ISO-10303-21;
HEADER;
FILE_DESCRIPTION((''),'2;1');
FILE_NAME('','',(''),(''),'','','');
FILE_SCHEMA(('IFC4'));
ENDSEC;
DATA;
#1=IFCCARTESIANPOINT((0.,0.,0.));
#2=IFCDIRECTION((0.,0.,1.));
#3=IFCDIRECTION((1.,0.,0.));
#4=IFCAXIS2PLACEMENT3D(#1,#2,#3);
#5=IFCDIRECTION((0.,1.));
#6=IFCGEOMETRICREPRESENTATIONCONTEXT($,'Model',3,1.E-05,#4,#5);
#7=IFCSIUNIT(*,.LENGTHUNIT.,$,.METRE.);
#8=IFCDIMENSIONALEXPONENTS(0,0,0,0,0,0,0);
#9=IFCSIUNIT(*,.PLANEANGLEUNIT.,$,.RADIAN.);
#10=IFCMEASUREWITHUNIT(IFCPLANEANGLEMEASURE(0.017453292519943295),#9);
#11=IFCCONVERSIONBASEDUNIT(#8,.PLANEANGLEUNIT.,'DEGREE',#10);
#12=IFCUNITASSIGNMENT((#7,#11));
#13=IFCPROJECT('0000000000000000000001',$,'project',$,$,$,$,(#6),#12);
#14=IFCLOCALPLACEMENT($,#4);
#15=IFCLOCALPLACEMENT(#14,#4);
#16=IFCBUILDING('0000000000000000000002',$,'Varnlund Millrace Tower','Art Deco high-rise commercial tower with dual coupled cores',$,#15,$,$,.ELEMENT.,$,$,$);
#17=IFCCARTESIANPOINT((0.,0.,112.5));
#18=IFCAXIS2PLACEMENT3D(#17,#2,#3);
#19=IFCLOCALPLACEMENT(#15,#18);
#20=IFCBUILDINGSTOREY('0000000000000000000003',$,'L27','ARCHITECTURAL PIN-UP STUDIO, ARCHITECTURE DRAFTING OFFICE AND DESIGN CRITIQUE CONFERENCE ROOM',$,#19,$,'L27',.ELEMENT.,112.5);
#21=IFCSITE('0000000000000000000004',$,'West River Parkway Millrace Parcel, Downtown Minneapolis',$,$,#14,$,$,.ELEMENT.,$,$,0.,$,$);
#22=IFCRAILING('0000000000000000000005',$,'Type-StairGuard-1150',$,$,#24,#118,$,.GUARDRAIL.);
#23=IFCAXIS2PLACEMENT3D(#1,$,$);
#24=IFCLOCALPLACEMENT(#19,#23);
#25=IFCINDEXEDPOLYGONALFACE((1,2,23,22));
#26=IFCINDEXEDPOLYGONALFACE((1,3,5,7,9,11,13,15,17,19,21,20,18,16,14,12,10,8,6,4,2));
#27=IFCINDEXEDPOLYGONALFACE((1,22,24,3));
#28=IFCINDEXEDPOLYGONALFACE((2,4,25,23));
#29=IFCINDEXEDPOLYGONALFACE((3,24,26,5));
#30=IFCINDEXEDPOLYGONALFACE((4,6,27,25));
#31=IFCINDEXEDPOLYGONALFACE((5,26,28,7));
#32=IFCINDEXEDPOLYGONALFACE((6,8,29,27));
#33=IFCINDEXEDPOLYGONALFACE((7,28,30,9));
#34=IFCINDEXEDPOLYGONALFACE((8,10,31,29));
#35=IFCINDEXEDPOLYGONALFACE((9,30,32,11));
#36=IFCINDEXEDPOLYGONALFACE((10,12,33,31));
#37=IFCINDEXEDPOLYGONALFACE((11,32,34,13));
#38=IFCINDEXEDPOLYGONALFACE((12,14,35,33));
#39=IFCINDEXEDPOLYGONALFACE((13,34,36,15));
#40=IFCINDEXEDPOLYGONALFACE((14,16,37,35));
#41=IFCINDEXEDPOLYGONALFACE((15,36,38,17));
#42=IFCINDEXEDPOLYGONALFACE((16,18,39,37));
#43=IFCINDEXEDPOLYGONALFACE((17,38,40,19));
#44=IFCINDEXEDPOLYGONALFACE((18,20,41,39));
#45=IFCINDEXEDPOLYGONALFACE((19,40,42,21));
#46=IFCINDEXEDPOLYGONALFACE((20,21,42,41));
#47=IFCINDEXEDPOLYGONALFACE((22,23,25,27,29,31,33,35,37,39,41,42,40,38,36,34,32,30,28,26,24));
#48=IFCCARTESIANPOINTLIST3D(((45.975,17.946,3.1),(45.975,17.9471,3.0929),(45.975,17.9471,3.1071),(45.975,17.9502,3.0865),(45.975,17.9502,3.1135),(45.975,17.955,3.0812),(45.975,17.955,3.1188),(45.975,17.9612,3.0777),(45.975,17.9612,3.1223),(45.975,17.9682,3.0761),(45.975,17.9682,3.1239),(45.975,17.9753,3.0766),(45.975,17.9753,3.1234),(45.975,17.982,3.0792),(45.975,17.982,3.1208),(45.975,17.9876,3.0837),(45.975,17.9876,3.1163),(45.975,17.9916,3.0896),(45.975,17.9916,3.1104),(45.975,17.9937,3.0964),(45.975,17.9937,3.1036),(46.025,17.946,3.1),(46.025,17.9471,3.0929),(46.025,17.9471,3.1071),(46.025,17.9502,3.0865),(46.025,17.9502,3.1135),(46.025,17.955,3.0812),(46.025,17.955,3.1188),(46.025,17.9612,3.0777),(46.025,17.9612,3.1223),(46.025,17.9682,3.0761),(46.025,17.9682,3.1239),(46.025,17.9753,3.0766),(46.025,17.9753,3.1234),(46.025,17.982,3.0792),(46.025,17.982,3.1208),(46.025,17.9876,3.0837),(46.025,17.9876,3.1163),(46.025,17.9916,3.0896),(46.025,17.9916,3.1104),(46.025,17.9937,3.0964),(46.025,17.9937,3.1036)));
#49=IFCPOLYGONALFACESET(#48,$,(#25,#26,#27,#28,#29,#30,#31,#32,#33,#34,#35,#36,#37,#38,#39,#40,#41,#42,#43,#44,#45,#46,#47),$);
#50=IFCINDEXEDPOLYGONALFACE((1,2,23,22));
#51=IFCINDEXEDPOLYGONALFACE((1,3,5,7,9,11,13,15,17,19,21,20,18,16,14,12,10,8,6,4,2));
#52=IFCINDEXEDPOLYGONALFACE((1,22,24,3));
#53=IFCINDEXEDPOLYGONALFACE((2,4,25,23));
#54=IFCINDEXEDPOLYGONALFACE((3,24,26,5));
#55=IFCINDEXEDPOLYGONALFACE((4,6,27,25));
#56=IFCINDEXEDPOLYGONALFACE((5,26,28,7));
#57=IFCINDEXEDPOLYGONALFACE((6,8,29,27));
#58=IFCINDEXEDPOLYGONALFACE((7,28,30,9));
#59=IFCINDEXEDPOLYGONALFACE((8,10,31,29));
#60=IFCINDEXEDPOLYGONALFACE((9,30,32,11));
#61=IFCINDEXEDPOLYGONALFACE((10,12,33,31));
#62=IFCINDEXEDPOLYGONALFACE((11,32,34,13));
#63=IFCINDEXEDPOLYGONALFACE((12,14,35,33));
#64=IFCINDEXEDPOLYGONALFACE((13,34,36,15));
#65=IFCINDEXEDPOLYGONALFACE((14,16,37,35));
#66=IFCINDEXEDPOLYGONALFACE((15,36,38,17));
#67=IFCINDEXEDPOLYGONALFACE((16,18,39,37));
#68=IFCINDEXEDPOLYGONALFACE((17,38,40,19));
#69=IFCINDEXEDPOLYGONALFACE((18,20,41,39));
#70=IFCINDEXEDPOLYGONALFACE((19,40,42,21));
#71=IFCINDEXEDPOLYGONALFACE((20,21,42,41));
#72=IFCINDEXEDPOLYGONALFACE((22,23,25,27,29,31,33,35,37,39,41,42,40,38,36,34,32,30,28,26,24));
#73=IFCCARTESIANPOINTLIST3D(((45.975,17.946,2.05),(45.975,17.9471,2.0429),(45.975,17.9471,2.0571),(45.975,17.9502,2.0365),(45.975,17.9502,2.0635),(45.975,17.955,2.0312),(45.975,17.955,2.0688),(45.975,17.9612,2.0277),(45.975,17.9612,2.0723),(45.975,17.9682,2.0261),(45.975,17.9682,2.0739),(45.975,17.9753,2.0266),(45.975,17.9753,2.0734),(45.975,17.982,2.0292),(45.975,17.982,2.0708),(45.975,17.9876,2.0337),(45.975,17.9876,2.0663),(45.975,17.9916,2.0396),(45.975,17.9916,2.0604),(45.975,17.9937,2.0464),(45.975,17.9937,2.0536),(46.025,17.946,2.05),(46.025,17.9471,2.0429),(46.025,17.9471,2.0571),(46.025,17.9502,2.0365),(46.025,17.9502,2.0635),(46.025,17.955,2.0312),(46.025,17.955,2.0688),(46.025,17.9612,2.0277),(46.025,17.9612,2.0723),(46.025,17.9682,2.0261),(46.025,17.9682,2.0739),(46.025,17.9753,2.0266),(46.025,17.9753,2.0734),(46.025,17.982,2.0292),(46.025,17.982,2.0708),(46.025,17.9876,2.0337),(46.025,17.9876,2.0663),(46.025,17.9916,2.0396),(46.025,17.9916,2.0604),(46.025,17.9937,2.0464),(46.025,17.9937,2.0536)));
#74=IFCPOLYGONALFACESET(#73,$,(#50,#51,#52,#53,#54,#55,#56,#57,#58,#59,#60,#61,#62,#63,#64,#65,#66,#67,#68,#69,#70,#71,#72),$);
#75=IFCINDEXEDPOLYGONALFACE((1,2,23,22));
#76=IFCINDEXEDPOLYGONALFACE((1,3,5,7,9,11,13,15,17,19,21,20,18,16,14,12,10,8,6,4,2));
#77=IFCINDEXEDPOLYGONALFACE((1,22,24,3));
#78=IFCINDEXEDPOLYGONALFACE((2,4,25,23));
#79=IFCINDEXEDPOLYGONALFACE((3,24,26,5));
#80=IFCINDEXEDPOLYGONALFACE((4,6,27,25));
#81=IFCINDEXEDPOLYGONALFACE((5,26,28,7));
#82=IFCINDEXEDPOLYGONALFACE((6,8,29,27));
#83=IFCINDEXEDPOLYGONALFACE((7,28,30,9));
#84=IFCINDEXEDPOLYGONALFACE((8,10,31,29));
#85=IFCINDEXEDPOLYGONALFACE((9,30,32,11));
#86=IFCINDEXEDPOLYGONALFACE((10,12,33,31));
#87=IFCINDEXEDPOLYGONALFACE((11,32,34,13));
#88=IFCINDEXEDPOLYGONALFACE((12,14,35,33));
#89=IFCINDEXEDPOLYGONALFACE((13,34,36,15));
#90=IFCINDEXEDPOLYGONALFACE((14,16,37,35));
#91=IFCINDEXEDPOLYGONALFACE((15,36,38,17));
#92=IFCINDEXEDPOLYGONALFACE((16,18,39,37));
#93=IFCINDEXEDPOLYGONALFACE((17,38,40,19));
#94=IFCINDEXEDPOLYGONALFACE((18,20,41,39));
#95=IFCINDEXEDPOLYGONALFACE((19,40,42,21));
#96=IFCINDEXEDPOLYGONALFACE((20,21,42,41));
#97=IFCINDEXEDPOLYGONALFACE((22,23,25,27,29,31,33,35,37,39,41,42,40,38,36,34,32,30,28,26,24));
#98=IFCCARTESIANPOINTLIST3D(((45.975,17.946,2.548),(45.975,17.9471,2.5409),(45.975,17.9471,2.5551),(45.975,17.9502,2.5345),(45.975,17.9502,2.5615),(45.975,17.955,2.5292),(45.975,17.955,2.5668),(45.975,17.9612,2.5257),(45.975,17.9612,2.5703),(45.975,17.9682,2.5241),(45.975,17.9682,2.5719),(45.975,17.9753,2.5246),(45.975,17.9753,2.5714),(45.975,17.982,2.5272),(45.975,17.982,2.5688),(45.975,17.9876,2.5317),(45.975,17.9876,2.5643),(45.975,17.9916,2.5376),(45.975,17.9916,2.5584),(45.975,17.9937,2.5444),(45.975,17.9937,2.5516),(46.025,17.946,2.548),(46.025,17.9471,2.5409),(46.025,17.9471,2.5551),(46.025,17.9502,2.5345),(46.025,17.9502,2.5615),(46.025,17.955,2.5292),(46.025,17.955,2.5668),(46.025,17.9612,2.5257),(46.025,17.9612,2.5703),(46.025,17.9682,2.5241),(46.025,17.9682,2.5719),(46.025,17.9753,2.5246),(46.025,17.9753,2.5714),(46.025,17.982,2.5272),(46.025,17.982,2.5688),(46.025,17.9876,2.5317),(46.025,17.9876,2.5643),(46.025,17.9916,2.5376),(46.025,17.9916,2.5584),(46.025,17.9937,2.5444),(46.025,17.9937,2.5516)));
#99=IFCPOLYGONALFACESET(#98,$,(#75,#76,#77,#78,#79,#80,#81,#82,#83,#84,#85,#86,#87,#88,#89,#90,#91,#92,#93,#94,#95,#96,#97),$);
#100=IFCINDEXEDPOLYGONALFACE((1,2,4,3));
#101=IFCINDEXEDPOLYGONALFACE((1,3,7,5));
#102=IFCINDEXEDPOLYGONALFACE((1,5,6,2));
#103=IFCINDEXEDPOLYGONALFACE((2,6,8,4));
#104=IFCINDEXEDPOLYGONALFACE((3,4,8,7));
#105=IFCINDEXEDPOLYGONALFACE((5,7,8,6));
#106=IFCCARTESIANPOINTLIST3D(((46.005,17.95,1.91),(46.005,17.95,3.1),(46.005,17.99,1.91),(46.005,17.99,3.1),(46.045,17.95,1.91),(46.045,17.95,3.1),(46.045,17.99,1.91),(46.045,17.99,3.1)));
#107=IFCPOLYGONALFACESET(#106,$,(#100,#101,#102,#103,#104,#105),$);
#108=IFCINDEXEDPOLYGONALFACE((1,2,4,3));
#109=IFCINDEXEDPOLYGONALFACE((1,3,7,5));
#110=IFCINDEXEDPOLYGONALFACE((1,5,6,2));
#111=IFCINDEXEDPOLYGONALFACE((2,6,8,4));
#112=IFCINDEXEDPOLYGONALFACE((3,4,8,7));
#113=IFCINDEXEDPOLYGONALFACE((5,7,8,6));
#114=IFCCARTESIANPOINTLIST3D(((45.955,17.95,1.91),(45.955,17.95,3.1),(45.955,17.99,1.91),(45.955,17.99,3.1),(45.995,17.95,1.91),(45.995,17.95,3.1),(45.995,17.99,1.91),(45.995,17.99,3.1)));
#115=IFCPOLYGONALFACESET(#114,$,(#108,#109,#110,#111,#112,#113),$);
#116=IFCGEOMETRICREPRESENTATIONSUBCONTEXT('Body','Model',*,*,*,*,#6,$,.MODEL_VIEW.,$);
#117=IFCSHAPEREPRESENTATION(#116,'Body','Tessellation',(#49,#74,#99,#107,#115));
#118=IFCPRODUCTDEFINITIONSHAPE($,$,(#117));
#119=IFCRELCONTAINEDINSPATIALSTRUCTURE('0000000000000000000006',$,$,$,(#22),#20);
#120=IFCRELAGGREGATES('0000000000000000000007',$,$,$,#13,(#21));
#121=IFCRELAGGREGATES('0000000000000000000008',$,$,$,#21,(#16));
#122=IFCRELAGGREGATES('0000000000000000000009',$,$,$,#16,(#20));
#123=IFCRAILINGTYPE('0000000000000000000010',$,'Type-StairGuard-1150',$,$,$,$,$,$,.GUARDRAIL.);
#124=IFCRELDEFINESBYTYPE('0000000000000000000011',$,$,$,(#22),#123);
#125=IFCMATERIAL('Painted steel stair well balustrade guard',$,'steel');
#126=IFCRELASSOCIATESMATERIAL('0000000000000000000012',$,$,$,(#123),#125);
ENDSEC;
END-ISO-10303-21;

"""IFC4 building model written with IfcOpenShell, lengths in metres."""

from ifc_helpers import new_model, entity, si_unit, converted_unit, direction, frame, origin_with_axes, origin_2d_with_axis, place, context, subcontext, project, spatial, rectangle, circle, extrude, material, type_object, element, save


model = new_model("IFC4")

# Units and contexts
model_context = context("Model", 3, precision=1e-05, world=origin_with_axes(), true_north=direction((0.0, 1.0)))
body_context = subcontext(model_context, "Body", "Model", "MODEL_VIEW")
ifc_project = project(units=[si_unit("LENGTHUNIT", "METRE"), converted_unit("PLANEANGLEUNIT", "DEGREE", entity("IfcPlaneAngleMeasure", 0.017453292519943295), si_unit("PLANEANGLEUNIT", "RADIAN"), dimensions=[0, 0, 0, 0, 0, 0, 0])], contexts=[model_context])

# Site, building, storey
site_placement = place(None, origin_with_axes())
site = spatial("IfcSite", under=ifc_project, at=site_placement, Name="West River Parkway Millrace Parcel, Downtown Minneapolis", CompositionType="ELEMENT", RefElevation=0.0)
building_placement = place(site_placement, origin_with_axes())
building = spatial("IfcBuilding", under=site, at=building_placement, Name="Varnlund Millrace Tower", Description="Art Deco high-rise commercial tower with dual coupled cores", CompositionType="ELEMENT")
storey_placement = place(building_placement, frame((0.0, 0.0, 112.5), z_axis=(0.0, 0.0, 1.0), x_axis=(1.0, 0.0, 0.0)))
storey = spatial("IfcBuildingStorey", under=building, at=storey_placement, Name="L27", Description="ARCHITECTURAL PIN-UP STUDIO, ARCHITECTURE DRAFTING OFFICE AND DESIGN CRITIQUE CONFERENCE ROOM", LongName="L27", CompositionType="ELEMENT", Elevation=112.5)

# Railing
ifc_material_1 = material(Name="Painted steel stair well balustrade guard", Category="steel")
railing_type_1 = type_object("IfcRailingType", Name="Type-StairGuard-1150", PredefinedType="GUARDRAIL", material=ifc_material_1)
railing_1_placement = place(storey_placement, frame((0.0, 0.0, -112.5), z_axis=(0.0, 0.0, 1.0), x_axis=(1.0, 0.0, 0.0)))
element("IfcRailing", 1, at=railing_1_placement, inside=storey, type_object=railing_type_1, Name="Type-StairGuard-1150", PredefinedType="GUARDRAIL", context=body_context, shape_type="SweptSolid", body=[
    extrude(circle(Radius=0.024, at=origin_2d_with_axis()), frame((46.025, 17.97, 115.6), z_axis=(-1.0, 0.0, 0.0), x_axis=(0.0, -1.0, 0.0)), (0.0, 0.0, 1.0), 0.05),
    extrude(circle(Radius=0.024, at=origin_2d_with_axis()), frame((46.025, 17.97, 114.55), z_axis=(-1.0, 0.0, 0.0), x_axis=(0.0, -1.0, 0.0)), (0.0, 0.0, 1.0), 0.05),
    extrude(circle(Radius=0.024, at=origin_2d_with_axis()), frame((46.025, 17.97, 115.048), z_axis=(-1.0, 0.0, 0.0), x_axis=(0.0, -1.0, 0.0)), (0.0, 0.0, 1.0), 0.05),
    extrude(rectangle(XDim=0.04, YDim=0.04, at=origin_2d_with_axis()), frame((46.025, 17.97, 114.41), z_axis=(0.0, 0.0, 1.0), x_axis=(1.0, 0.0, 0.0)), (0.0, 0.0, 1.0), 1.19),
    extrude(rectangle(XDim=0.04, YDim=0.04, at=origin_2d_with_axis()), frame((45.975, 17.97, 114.41), z_axis=(0.0, 0.0, 1.0), x_axis=(1.0, 0.0, 0.0)), (0.0, 0.0, 1.0), 1.19),
])

save(model, "model.ifc")
